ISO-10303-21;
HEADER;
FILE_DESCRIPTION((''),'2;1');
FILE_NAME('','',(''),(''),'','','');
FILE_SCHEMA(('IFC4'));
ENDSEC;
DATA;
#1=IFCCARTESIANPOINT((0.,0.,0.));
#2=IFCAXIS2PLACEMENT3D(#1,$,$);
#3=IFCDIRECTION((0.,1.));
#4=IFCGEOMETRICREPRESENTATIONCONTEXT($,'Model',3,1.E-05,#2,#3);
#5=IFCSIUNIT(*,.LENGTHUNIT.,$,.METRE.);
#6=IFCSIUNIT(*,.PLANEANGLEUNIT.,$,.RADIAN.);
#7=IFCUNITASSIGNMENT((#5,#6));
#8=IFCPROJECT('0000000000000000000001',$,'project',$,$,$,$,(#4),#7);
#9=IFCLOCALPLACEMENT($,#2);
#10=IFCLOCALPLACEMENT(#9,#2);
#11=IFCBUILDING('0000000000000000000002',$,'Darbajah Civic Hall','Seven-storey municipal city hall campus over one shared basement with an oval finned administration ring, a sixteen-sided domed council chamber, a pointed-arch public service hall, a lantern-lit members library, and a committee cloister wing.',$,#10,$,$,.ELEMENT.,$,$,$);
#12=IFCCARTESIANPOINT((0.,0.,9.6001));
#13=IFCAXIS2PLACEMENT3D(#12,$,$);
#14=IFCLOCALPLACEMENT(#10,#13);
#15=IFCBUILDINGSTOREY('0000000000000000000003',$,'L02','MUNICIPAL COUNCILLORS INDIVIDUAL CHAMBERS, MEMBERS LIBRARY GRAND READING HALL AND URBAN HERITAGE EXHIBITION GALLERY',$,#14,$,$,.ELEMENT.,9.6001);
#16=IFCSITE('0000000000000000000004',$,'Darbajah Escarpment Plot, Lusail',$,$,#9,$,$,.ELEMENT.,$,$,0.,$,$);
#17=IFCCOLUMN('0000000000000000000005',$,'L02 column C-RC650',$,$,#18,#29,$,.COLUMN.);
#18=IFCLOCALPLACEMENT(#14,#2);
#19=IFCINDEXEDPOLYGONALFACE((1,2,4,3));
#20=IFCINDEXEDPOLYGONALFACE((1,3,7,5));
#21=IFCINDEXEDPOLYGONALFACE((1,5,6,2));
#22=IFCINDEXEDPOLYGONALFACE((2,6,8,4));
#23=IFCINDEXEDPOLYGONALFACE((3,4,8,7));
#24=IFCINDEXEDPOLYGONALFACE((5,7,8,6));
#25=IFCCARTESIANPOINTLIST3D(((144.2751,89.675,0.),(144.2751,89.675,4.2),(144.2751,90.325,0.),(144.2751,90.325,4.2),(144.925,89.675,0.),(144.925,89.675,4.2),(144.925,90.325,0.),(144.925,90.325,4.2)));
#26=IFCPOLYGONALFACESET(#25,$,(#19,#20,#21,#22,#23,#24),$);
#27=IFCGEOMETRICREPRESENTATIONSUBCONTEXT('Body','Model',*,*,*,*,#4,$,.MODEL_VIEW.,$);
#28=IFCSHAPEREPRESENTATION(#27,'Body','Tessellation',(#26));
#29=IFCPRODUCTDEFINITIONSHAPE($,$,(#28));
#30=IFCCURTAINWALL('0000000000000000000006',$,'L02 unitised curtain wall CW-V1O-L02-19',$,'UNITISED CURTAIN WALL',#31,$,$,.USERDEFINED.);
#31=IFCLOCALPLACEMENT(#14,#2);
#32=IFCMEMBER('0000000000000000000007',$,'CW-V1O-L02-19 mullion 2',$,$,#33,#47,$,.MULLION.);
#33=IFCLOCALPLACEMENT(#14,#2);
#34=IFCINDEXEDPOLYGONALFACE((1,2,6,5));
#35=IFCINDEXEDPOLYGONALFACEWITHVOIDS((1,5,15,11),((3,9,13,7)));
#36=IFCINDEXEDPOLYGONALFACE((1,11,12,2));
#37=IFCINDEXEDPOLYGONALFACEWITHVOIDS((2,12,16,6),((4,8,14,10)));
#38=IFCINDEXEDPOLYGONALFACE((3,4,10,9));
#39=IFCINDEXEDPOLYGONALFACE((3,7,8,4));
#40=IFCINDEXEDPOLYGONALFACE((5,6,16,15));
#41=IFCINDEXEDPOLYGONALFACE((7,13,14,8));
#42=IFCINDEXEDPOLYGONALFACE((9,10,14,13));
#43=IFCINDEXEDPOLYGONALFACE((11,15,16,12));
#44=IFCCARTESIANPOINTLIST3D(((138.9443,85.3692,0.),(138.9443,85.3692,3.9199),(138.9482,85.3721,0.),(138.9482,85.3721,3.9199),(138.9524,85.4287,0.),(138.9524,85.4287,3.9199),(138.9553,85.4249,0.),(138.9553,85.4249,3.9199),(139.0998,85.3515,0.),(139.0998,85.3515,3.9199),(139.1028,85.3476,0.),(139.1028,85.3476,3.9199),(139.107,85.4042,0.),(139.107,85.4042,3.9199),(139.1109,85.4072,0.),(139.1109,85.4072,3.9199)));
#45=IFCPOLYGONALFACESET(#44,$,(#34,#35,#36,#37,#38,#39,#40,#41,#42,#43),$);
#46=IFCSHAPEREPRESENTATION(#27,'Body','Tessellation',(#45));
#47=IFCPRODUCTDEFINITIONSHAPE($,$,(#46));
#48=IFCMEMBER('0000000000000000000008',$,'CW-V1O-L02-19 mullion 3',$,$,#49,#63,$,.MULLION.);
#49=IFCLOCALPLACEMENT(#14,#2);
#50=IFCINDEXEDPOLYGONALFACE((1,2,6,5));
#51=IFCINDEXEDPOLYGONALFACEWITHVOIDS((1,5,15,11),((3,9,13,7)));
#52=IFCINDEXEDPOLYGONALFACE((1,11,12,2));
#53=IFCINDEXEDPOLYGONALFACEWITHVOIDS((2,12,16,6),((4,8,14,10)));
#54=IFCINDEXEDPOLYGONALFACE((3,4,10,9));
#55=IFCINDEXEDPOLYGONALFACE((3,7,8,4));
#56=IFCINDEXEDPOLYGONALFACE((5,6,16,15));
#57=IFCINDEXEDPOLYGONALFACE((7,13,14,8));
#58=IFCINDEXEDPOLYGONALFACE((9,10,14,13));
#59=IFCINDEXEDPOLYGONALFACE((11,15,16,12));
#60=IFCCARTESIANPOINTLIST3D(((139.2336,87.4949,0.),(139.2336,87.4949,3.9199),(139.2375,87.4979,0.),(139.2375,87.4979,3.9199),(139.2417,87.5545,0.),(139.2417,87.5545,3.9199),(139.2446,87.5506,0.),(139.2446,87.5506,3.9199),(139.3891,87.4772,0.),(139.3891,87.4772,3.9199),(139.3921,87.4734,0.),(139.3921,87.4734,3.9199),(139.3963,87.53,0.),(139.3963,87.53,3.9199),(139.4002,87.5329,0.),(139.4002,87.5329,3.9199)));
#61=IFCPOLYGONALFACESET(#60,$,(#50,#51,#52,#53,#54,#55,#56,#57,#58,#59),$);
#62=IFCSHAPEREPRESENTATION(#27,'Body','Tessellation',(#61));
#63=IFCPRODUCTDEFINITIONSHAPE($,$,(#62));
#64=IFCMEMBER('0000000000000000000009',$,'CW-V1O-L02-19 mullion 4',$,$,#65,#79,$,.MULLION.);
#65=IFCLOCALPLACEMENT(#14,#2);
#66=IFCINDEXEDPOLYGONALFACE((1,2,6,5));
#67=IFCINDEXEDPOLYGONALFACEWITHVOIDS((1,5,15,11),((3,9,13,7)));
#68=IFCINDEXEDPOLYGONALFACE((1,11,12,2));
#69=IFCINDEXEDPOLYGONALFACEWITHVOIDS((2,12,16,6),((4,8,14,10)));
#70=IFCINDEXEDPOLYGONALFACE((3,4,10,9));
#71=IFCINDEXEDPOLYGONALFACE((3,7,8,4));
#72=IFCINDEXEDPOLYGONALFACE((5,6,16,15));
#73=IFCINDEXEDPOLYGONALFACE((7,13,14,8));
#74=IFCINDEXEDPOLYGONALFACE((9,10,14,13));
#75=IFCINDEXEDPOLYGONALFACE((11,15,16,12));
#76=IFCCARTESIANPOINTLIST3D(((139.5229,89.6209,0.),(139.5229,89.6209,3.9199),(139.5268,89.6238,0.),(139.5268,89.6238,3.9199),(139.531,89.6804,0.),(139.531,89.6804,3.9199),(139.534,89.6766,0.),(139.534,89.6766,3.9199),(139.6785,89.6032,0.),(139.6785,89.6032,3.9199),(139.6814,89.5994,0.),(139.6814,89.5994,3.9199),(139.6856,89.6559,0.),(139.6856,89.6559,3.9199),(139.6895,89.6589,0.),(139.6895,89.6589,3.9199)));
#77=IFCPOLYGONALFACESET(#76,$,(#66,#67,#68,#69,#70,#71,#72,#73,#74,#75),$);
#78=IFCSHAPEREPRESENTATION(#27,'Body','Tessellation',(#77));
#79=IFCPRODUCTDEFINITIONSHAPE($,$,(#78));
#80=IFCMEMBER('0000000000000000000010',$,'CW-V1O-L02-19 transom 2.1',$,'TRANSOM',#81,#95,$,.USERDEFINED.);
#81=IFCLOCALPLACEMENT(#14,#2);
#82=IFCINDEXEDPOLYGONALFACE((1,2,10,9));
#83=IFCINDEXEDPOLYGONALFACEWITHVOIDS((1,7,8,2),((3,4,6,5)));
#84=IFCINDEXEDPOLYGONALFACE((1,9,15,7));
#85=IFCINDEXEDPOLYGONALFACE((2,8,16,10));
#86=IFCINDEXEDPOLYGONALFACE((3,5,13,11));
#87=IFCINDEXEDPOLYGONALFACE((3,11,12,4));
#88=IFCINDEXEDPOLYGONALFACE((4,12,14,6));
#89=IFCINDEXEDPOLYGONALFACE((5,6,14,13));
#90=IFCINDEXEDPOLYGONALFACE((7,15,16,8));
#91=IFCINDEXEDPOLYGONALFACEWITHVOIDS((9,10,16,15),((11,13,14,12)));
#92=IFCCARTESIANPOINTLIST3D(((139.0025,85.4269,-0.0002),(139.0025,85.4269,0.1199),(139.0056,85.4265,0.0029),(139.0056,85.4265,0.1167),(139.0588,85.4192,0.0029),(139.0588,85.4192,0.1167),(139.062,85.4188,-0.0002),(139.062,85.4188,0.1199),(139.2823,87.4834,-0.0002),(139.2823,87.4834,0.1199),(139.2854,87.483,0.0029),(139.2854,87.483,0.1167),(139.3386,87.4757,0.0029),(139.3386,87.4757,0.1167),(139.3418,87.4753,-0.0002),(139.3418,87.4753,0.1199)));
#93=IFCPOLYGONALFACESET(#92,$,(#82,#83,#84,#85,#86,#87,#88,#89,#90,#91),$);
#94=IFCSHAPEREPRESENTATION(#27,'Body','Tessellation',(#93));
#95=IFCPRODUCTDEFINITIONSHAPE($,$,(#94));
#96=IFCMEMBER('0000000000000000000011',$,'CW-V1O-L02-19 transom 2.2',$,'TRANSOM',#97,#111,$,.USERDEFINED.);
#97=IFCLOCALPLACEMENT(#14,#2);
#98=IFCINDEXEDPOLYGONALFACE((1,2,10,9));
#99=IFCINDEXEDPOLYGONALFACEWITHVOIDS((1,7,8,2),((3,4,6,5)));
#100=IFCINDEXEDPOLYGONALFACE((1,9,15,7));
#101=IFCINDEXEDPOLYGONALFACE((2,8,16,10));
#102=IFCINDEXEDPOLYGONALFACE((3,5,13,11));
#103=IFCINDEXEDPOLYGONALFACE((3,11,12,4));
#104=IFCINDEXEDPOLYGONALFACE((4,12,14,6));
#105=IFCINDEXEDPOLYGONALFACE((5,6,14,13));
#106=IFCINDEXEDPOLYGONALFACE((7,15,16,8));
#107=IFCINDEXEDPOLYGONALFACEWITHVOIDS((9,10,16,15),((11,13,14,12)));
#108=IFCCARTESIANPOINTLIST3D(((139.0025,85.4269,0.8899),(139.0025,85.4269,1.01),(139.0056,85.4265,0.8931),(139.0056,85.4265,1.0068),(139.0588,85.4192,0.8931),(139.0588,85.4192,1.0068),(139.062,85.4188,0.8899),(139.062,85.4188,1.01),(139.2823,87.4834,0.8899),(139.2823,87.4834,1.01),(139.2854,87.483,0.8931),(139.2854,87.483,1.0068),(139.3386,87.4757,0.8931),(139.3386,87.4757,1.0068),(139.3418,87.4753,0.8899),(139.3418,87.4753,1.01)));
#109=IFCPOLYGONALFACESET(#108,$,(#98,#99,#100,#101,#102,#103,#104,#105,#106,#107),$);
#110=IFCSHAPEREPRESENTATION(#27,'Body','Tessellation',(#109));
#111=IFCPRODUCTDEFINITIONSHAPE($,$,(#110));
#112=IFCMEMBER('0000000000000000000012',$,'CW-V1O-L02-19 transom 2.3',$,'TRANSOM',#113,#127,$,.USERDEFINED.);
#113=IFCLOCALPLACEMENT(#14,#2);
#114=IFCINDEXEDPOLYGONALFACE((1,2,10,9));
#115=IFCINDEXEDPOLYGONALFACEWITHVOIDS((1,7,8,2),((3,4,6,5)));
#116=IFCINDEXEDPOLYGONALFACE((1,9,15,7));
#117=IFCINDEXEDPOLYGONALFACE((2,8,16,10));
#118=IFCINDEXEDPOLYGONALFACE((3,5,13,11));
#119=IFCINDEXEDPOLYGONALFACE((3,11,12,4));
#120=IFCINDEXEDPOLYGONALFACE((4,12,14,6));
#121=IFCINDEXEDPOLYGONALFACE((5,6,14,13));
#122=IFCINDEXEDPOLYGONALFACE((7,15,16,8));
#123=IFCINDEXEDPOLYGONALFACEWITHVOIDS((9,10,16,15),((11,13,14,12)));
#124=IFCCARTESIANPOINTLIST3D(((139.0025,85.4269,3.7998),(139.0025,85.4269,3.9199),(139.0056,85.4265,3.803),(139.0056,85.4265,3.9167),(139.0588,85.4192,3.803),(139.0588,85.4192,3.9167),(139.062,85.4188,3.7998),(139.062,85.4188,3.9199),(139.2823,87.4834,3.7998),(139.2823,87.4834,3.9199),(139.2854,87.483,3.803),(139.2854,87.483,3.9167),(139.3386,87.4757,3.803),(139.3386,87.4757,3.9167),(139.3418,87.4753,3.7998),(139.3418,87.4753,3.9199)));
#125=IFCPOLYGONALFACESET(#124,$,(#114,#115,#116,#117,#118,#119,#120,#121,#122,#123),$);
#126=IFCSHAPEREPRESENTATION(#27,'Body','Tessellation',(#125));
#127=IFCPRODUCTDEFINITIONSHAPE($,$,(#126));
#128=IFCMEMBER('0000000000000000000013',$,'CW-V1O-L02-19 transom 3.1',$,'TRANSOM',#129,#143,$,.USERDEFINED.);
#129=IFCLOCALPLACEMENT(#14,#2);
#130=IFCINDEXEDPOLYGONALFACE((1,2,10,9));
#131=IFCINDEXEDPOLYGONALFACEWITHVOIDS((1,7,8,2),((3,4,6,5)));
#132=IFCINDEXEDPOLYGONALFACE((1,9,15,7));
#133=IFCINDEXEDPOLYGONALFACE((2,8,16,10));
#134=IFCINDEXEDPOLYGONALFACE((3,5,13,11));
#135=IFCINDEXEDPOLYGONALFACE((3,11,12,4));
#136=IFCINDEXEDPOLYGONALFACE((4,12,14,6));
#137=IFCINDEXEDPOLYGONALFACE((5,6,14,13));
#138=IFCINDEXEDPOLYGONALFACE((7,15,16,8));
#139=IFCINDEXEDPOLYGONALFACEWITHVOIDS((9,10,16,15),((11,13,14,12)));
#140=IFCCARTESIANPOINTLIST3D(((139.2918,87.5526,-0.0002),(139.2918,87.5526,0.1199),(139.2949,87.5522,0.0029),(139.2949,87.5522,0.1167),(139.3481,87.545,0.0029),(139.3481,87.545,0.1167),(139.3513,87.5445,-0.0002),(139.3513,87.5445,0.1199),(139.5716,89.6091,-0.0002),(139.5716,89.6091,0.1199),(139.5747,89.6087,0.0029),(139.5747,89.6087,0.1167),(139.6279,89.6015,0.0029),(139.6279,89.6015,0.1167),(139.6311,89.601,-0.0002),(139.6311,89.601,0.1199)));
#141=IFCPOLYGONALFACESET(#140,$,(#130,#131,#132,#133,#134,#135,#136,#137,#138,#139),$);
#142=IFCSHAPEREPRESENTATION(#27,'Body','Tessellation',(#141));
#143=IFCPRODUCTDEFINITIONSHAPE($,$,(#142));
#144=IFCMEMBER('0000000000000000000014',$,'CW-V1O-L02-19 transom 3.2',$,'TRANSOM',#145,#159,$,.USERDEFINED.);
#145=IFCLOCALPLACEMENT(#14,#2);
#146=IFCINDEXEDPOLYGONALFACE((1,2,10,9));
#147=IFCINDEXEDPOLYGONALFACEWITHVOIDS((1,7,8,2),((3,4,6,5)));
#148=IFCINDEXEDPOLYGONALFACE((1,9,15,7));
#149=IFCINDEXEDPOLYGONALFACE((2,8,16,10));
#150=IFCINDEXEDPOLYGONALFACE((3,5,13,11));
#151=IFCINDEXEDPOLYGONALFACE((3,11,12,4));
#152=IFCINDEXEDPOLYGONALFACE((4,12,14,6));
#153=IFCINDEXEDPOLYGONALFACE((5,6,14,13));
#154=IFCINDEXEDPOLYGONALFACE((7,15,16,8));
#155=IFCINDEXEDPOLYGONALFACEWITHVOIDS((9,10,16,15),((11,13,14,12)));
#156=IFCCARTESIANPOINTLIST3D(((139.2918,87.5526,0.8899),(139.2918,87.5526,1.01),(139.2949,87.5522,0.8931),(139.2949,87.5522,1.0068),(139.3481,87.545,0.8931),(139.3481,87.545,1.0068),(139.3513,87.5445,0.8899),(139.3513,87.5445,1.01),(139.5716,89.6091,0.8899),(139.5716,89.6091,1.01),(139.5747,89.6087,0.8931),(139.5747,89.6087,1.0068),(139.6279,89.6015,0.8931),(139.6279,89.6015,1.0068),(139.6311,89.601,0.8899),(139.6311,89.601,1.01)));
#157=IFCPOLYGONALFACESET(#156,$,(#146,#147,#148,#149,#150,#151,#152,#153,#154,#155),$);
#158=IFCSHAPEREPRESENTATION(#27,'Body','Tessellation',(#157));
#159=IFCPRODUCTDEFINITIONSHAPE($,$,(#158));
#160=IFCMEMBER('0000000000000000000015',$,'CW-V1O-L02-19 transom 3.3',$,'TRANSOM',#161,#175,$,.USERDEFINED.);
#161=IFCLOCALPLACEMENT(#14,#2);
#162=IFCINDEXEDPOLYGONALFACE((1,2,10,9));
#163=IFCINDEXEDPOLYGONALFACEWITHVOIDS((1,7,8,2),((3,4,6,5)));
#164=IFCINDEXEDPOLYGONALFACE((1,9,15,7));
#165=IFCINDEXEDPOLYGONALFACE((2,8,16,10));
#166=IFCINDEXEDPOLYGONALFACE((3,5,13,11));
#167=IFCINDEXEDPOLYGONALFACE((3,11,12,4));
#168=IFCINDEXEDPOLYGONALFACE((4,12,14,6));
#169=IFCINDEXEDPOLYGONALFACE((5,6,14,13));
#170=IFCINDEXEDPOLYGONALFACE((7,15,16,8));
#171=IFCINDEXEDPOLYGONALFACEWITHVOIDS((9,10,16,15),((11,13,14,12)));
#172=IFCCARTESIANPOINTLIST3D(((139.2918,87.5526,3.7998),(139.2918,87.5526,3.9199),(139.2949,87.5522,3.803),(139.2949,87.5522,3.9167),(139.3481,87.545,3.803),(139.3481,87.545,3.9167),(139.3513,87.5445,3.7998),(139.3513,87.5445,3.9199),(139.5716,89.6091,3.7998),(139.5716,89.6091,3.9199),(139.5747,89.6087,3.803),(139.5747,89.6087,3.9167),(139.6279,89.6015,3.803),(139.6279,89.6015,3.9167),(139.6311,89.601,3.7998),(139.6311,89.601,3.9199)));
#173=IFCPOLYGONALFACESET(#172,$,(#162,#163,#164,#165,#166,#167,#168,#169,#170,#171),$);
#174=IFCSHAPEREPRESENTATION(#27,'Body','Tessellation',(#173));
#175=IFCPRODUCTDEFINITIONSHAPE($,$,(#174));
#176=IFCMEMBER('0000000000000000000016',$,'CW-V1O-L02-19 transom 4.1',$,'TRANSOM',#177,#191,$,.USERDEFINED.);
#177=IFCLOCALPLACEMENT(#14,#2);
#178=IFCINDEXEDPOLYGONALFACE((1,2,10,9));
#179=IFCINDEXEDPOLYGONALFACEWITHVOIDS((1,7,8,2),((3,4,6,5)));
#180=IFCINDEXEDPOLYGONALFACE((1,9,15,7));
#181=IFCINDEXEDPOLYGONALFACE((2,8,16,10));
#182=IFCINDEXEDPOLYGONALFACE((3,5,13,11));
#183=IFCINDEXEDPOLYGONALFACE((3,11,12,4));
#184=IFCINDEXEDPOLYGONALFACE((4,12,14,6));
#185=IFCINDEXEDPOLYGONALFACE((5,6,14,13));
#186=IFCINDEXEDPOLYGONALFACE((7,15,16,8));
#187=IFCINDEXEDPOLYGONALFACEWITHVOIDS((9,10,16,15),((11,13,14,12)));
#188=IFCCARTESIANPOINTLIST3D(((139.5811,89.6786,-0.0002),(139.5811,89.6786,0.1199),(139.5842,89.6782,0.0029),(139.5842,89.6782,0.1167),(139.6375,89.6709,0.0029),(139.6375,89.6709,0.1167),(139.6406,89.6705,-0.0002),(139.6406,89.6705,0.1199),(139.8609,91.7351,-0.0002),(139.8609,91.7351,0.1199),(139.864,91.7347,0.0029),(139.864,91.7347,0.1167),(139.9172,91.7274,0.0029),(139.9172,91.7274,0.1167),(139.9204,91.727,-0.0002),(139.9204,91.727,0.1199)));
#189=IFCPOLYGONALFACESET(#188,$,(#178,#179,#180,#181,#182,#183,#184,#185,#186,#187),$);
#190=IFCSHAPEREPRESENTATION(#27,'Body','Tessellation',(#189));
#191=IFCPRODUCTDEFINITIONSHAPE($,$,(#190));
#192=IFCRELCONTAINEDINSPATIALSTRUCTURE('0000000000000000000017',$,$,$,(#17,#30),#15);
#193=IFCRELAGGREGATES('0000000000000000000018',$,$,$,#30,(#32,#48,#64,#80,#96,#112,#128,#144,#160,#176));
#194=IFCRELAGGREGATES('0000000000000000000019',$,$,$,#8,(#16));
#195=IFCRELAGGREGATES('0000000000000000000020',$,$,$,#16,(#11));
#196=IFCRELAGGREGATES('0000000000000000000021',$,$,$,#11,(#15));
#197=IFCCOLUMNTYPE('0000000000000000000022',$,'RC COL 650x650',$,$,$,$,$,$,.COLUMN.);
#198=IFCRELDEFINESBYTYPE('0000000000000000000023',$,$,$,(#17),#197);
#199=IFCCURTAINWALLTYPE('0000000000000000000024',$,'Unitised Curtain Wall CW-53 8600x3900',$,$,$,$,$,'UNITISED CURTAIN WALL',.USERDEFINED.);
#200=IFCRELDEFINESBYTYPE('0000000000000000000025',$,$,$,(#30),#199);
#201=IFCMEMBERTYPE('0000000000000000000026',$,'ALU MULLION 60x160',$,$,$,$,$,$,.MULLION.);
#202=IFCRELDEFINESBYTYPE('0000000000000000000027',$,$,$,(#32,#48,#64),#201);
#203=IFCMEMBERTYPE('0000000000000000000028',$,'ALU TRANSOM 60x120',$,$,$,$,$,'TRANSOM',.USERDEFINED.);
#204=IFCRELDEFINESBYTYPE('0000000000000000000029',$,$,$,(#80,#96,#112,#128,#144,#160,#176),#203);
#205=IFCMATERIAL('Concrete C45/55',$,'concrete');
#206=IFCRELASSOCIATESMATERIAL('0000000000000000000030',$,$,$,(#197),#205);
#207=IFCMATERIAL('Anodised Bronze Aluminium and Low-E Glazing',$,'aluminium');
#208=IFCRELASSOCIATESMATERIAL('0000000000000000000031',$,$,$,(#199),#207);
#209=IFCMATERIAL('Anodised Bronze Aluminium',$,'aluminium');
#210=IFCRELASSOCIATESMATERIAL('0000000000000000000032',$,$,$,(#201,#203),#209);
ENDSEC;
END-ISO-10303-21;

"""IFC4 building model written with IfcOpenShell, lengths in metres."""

from ifc_helpers import new_model, si_unit, direction, frame, origin, origin_2d, place, context, subcontext, project, spatial, rectangle, hollow_rectangle, extrude, material, material_profile, profile_set, type_object, element, aggregate, save


model = new_model("IFC4")

# Units and contexts
model_context = context("Model", 3, precision=1e-05, world=origin(), true_north=direction((0.0, 1.0)))
body_context = subcontext(model_context, "Body", "Model", "MODEL_VIEW")
ifc_project = project(units=[si_unit("LENGTHUNIT", "METRE"), si_unit("PLANEANGLEUNIT", "RADIAN")], contexts=[model_context])

# Site, building, storey
site_placement = place(None, origin())
site = spatial("IfcSite", under=ifc_project, at=site_placement, Name="Darbajah Escarpment Plot, Lusail", CompositionType="ELEMENT", RefElevation=0.0)
building_placement = place(site_placement, origin())
building = spatial("IfcBuilding", under=site, at=building_placement, Name="Darbajah Civic Hall", Description="Seven-storey municipal city hall campus over one shared basement with an oval finned administration ring, a sixteen-sided domed council chamber, a pointed-arch public service hall, a lantern-lit members library, and a committee cloister wing.", CompositionType="ELEMENT")
storey_placement = place(building_placement, frame((0.0, 0.0, 9.6001)))
storey = spatial("IfcBuildingStorey", under=building, at=storey_placement, Name="L02", Description="MUNICIPAL COUNCILLORS INDIVIDUAL CHAMBERS, MEMBERS LIBRARY GRAND READING HALL AND URBAN HERITAGE EXHIBITION GALLERY", CompositionType="ELEMENT", Elevation=9.6001)

# Column
ifc_material_1 = material(Name="Concrete C45/55", Category="concrete")
ifc_material_profile_1 = material_profile(ifc_material_1, rectangle(XDim=0.6499, YDim=0.6499, at=origin_2d()), Name="RC COL 650x650")
ifc_profile_set_1 = profile_set([ifc_material_profile_1], Name="Concrete C45/55")
column_type = type_object("IfcColumnType", Name="RC COL 650x650", PredefinedType="COLUMN", material=ifc_profile_set_1)
column_placement = place(storey_placement, frame((144.6001, 90.0, 0.0), z_axis=(0.0, 0.0, 1.0), x_axis=(1.0, 0.0, 0.0)))
element("IfcColumn", 1, at=column_placement, inside=storey, type_object=column_type, Name="L02 column C-RC650", PredefinedType="COLUMN", context=body_context, shape_type="SweptSolid", body=[
    extrude(rectangle(XDim=0.6499, YDim=0.6499, at=origin_2d()), origin(), (0.0, 0.0, 1.0), 4.2),
])

# Curtain wall, members
ifc_material_2 = material(Name="Anodised Bronze Aluminium and Low-E Glazing", Category="aluminium")
curtain_wall_type = type_object("IfcCurtainWallType", Name="Unitised Curtain Wall CW-53 8600x3900", ElementType="UNITISED CURTAIN WALL", PredefinedType="USERDEFINED", material=ifc_material_2)
curtain_wall_placement = place(storey_placement, origin())
curtain_wall = element("IfcCurtainWall", 2, at=curtain_wall_placement, inside=storey, type_object=curtain_wall_type, Name="L02 unitised curtain wall CW-V1O-L02-19", ObjectType="UNITISED CURTAIN WALL", PredefinedType="USERDEFINED")
ifc_material_3 = material(Name="Anodised Bronze Aluminium", Category="aluminium")
ifc_material_profile_2 = material_profile(ifc_material_3, hollow_rectangle(XDim=0.0601, YDim=0.1599, WallThickness=0.0034, at=origin_2d()), Name="ALU MULLION 60x160")
ifc_profile_set_2 = profile_set([ifc_material_profile_2], Name="Anodised Bronze Aluminium")
member_type_1 = type_object("IfcMemberType", Name="ALU MULLION 60x160", PredefinedType="MULLION", material=ifc_profile_set_2)
member_1_placement = place(storey_placement, frame((139.0276, 85.3882, 0.0), z_axis=(0.0, 0.0, 1.0), x_axis=(0.134851, 0.990866, 0.0)))
member_1 = element("IfcMember", 3, at=member_1_placement, type_object=member_type_1, Name="CW-V1O-L02-19 mullion 2", PredefinedType="MULLION", context=body_context, shape_type="SweptSolid", body=[
    extrude(hollow_rectangle(XDim=0.0601, YDim=0.1599, WallThickness=0.0034, at=origin_2d()), origin(), (0.0, 0.0, 1.0), 3.9199),
])
member_2_placement = place(storey_placement, frame((139.3169, 87.5139, 0.0), z_axis=(0.0, 0.0, 1.0), x_axis=(0.134851, 0.990866, 0.0)))
member_2 = element("IfcMember", 4, at=member_2_placement, type_object=member_type_1, Name="CW-V1O-L02-19 mullion 3", PredefinedType="MULLION", context=body_context, shape_type="SweptSolid", body=[
    extrude(hollow_rectangle(XDim=0.0601, YDim=0.1599, WallThickness=0.0034, at=origin_2d()), origin(), (0.0, 0.0, 1.0), 3.9199),
])
member_3_placement = place(storey_placement, frame((139.6062, 89.6399, 0.0), z_axis=(0.0, 0.0, 1.0), x_axis=(0.134851, 0.990866, 0.0)))
member_3 = element("IfcMember", 5, at=member_3_placement, type_object=member_type_1, Name="CW-V1O-L02-19 mullion 4", PredefinedType="MULLION", context=body_context, shape_type="SweptSolid", body=[
    extrude(hollow_rectangle(XDim=0.0601, YDim=0.1599, WallThickness=0.0034, at=origin_2d()), origin(), (0.0, 0.0, 1.0), 3.9199),
])
ifc_material_profile_3 = material_profile(ifc_material_3, hollow_rectangle(XDim=0.0601, YDim=0.1201, WallThickness=0.0032, at=origin_2d()), Name="ALU TRANSOM 60x120")
ifc_profile_set_3 = profile_set([ifc_material_profile_3], Name="Anodised Bronze Aluminium")
member_type_2 = type_object("IfcMemberType", Name="ALU TRANSOM 60x120", ElementType="TRANSOM", PredefinedType="USERDEFINED", material=ifc_profile_set_3)
member_4_placement = place(storey_placement, frame((139.0322, 85.4229, 0.0598), z_axis=(0.134814, 0.990871, 0.0), x_axis=(-0.990871, 0.134814, 0.0)))
member_4 = element("IfcMember", 6, at=member_4_placement, type_object=member_type_2, Name="CW-V1O-L02-19 transom 2.1", ObjectType="TRANSOM", PredefinedType="USERDEFINED", context=body_context, shape_type="SweptSolid", body=[
    extrude(hollow_rectangle(XDim=0.0601, YDim=0.1201, WallThickness=0.0032, at=origin_2d()), origin(), (0.0, 0.0, 1.0), 2.0754),
])
member_5_placement = place(storey_placement, frame((139.0322, 85.4229, 0.95), z_axis=(0.134814, 0.990871, 0.0), x_axis=(-0.990871, 0.134814, 0.0)))
member_5 = element("IfcMember", 7, at=member_5_placement, type_object=member_type_2, Name="CW-V1O-L02-19 transom 2.2", ObjectType="TRANSOM", PredefinedType="USERDEFINED", context=body_context, shape_type="SweptSolid", body=[
    extrude(hollow_rectangle(XDim=0.0601, YDim=0.1201, WallThickness=0.0032, at=origin_2d()), origin(), (0.0, 0.0, 1.0), 2.0754),
])
member_6_placement = place(storey_placement, frame((139.0322, 85.4229, 3.8599), z_axis=(0.134814, 0.990871, 0.0), x_axis=(-0.990871, 0.134814, 0.0)))
member_6 = element("IfcMember", 8, at=member_6_placement, type_object=member_type_2, Name="CW-V1O-L02-19 transom 2.3", ObjectType="TRANSOM", PredefinedType="USERDEFINED", context=body_context, shape_type="SweptSolid", body=[
    extrude(hollow_rectangle(XDim=0.0601, YDim=0.1201, WallThickness=0.0032, at=origin_2d()), origin(), (0.0, 0.0, 1.0), 2.0754),
])
member_7_placement = place(storey_placement, frame((139.3215, 87.5486, 0.0598), z_axis=(0.134814, 0.990871, 0.0), x_axis=(-0.990871, 0.134814, 0.0)))
member_7 = element("IfcMember", 9, at=member_7_placement, type_object=member_type_2, Name="CW-V1O-L02-19 transom 3.1", ObjectType="TRANSOM", PredefinedType="USERDEFINED", context=body_context, shape_type="SweptSolid", body=[
    extrude(hollow_rectangle(XDim=0.0601, YDim=0.1201, WallThickness=0.0032, at=origin_2d()), origin(), (0.0, 0.0, 1.0), 2.0754),
])
member_8_placement = place(storey_placement, frame((139.3215, 87.5486, 0.95), z_axis=(0.134814, 0.990871, 0.0), x_axis=(-0.990871, 0.134814, 0.0)))
member_8 = element("IfcMember", 10, at=member_8_placement, type_object=member_type_2, Name="CW-V1O-L02-19 transom 3.2", ObjectType="TRANSOM", PredefinedType="USERDEFINED", context=body_context, shape_type="SweptSolid", body=[
    extrude(hollow_rectangle(XDim=0.0601, YDim=0.1201, WallThickness=0.0032, at=origin_2d()), origin(), (0.0, 0.0, 1.0), 2.0754),
])
member_9_placement = place(storey_placement, frame((139.3215, 87.5486, 3.8599), z_axis=(0.134814, 0.990871, 0.0), x_axis=(-0.990871, 0.134814, 0.0)))
member_9 = element("IfcMember", 11, at=member_9_placement, type_object=member_type_2, Name="CW-V1O-L02-19 transom 3.3", ObjectType="TRANSOM", PredefinedType="USERDEFINED", context=body_context, shape_type="SweptSolid", body=[
    extrude(hollow_rectangle(XDim=0.0601, YDim=0.1201, WallThickness=0.0032, at=origin_2d()), origin(), (0.0, 0.0, 1.0), 2.0754),
])
member_10_placement = place(storey_placement, frame((139.6108, 89.6746, 0.0598), z_axis=(0.134814, 0.990871, 0.0), x_axis=(-0.990871, 0.134814, 0.0)))
member_10 = element("IfcMember", 12, at=member_10_placement, type_object=member_type_2, Name="CW-V1O-L02-19 transom 4.1", ObjectType="TRANSOM", PredefinedType="USERDEFINED", context=body_context, shape_type="SweptSolid", body=[
    extrude(hollow_rectangle(XDim=0.0601, YDim=0.1201, WallThickness=0.0032, at=origin_2d()), origin(), (0.0, 0.0, 1.0), 2.0754),
])

aggregate(curtain_wall, [member_1, member_2, member_3, member_4, member_5, member_6, member_7, member_8, member_9, member_10])

save(model, "model.ifc")
